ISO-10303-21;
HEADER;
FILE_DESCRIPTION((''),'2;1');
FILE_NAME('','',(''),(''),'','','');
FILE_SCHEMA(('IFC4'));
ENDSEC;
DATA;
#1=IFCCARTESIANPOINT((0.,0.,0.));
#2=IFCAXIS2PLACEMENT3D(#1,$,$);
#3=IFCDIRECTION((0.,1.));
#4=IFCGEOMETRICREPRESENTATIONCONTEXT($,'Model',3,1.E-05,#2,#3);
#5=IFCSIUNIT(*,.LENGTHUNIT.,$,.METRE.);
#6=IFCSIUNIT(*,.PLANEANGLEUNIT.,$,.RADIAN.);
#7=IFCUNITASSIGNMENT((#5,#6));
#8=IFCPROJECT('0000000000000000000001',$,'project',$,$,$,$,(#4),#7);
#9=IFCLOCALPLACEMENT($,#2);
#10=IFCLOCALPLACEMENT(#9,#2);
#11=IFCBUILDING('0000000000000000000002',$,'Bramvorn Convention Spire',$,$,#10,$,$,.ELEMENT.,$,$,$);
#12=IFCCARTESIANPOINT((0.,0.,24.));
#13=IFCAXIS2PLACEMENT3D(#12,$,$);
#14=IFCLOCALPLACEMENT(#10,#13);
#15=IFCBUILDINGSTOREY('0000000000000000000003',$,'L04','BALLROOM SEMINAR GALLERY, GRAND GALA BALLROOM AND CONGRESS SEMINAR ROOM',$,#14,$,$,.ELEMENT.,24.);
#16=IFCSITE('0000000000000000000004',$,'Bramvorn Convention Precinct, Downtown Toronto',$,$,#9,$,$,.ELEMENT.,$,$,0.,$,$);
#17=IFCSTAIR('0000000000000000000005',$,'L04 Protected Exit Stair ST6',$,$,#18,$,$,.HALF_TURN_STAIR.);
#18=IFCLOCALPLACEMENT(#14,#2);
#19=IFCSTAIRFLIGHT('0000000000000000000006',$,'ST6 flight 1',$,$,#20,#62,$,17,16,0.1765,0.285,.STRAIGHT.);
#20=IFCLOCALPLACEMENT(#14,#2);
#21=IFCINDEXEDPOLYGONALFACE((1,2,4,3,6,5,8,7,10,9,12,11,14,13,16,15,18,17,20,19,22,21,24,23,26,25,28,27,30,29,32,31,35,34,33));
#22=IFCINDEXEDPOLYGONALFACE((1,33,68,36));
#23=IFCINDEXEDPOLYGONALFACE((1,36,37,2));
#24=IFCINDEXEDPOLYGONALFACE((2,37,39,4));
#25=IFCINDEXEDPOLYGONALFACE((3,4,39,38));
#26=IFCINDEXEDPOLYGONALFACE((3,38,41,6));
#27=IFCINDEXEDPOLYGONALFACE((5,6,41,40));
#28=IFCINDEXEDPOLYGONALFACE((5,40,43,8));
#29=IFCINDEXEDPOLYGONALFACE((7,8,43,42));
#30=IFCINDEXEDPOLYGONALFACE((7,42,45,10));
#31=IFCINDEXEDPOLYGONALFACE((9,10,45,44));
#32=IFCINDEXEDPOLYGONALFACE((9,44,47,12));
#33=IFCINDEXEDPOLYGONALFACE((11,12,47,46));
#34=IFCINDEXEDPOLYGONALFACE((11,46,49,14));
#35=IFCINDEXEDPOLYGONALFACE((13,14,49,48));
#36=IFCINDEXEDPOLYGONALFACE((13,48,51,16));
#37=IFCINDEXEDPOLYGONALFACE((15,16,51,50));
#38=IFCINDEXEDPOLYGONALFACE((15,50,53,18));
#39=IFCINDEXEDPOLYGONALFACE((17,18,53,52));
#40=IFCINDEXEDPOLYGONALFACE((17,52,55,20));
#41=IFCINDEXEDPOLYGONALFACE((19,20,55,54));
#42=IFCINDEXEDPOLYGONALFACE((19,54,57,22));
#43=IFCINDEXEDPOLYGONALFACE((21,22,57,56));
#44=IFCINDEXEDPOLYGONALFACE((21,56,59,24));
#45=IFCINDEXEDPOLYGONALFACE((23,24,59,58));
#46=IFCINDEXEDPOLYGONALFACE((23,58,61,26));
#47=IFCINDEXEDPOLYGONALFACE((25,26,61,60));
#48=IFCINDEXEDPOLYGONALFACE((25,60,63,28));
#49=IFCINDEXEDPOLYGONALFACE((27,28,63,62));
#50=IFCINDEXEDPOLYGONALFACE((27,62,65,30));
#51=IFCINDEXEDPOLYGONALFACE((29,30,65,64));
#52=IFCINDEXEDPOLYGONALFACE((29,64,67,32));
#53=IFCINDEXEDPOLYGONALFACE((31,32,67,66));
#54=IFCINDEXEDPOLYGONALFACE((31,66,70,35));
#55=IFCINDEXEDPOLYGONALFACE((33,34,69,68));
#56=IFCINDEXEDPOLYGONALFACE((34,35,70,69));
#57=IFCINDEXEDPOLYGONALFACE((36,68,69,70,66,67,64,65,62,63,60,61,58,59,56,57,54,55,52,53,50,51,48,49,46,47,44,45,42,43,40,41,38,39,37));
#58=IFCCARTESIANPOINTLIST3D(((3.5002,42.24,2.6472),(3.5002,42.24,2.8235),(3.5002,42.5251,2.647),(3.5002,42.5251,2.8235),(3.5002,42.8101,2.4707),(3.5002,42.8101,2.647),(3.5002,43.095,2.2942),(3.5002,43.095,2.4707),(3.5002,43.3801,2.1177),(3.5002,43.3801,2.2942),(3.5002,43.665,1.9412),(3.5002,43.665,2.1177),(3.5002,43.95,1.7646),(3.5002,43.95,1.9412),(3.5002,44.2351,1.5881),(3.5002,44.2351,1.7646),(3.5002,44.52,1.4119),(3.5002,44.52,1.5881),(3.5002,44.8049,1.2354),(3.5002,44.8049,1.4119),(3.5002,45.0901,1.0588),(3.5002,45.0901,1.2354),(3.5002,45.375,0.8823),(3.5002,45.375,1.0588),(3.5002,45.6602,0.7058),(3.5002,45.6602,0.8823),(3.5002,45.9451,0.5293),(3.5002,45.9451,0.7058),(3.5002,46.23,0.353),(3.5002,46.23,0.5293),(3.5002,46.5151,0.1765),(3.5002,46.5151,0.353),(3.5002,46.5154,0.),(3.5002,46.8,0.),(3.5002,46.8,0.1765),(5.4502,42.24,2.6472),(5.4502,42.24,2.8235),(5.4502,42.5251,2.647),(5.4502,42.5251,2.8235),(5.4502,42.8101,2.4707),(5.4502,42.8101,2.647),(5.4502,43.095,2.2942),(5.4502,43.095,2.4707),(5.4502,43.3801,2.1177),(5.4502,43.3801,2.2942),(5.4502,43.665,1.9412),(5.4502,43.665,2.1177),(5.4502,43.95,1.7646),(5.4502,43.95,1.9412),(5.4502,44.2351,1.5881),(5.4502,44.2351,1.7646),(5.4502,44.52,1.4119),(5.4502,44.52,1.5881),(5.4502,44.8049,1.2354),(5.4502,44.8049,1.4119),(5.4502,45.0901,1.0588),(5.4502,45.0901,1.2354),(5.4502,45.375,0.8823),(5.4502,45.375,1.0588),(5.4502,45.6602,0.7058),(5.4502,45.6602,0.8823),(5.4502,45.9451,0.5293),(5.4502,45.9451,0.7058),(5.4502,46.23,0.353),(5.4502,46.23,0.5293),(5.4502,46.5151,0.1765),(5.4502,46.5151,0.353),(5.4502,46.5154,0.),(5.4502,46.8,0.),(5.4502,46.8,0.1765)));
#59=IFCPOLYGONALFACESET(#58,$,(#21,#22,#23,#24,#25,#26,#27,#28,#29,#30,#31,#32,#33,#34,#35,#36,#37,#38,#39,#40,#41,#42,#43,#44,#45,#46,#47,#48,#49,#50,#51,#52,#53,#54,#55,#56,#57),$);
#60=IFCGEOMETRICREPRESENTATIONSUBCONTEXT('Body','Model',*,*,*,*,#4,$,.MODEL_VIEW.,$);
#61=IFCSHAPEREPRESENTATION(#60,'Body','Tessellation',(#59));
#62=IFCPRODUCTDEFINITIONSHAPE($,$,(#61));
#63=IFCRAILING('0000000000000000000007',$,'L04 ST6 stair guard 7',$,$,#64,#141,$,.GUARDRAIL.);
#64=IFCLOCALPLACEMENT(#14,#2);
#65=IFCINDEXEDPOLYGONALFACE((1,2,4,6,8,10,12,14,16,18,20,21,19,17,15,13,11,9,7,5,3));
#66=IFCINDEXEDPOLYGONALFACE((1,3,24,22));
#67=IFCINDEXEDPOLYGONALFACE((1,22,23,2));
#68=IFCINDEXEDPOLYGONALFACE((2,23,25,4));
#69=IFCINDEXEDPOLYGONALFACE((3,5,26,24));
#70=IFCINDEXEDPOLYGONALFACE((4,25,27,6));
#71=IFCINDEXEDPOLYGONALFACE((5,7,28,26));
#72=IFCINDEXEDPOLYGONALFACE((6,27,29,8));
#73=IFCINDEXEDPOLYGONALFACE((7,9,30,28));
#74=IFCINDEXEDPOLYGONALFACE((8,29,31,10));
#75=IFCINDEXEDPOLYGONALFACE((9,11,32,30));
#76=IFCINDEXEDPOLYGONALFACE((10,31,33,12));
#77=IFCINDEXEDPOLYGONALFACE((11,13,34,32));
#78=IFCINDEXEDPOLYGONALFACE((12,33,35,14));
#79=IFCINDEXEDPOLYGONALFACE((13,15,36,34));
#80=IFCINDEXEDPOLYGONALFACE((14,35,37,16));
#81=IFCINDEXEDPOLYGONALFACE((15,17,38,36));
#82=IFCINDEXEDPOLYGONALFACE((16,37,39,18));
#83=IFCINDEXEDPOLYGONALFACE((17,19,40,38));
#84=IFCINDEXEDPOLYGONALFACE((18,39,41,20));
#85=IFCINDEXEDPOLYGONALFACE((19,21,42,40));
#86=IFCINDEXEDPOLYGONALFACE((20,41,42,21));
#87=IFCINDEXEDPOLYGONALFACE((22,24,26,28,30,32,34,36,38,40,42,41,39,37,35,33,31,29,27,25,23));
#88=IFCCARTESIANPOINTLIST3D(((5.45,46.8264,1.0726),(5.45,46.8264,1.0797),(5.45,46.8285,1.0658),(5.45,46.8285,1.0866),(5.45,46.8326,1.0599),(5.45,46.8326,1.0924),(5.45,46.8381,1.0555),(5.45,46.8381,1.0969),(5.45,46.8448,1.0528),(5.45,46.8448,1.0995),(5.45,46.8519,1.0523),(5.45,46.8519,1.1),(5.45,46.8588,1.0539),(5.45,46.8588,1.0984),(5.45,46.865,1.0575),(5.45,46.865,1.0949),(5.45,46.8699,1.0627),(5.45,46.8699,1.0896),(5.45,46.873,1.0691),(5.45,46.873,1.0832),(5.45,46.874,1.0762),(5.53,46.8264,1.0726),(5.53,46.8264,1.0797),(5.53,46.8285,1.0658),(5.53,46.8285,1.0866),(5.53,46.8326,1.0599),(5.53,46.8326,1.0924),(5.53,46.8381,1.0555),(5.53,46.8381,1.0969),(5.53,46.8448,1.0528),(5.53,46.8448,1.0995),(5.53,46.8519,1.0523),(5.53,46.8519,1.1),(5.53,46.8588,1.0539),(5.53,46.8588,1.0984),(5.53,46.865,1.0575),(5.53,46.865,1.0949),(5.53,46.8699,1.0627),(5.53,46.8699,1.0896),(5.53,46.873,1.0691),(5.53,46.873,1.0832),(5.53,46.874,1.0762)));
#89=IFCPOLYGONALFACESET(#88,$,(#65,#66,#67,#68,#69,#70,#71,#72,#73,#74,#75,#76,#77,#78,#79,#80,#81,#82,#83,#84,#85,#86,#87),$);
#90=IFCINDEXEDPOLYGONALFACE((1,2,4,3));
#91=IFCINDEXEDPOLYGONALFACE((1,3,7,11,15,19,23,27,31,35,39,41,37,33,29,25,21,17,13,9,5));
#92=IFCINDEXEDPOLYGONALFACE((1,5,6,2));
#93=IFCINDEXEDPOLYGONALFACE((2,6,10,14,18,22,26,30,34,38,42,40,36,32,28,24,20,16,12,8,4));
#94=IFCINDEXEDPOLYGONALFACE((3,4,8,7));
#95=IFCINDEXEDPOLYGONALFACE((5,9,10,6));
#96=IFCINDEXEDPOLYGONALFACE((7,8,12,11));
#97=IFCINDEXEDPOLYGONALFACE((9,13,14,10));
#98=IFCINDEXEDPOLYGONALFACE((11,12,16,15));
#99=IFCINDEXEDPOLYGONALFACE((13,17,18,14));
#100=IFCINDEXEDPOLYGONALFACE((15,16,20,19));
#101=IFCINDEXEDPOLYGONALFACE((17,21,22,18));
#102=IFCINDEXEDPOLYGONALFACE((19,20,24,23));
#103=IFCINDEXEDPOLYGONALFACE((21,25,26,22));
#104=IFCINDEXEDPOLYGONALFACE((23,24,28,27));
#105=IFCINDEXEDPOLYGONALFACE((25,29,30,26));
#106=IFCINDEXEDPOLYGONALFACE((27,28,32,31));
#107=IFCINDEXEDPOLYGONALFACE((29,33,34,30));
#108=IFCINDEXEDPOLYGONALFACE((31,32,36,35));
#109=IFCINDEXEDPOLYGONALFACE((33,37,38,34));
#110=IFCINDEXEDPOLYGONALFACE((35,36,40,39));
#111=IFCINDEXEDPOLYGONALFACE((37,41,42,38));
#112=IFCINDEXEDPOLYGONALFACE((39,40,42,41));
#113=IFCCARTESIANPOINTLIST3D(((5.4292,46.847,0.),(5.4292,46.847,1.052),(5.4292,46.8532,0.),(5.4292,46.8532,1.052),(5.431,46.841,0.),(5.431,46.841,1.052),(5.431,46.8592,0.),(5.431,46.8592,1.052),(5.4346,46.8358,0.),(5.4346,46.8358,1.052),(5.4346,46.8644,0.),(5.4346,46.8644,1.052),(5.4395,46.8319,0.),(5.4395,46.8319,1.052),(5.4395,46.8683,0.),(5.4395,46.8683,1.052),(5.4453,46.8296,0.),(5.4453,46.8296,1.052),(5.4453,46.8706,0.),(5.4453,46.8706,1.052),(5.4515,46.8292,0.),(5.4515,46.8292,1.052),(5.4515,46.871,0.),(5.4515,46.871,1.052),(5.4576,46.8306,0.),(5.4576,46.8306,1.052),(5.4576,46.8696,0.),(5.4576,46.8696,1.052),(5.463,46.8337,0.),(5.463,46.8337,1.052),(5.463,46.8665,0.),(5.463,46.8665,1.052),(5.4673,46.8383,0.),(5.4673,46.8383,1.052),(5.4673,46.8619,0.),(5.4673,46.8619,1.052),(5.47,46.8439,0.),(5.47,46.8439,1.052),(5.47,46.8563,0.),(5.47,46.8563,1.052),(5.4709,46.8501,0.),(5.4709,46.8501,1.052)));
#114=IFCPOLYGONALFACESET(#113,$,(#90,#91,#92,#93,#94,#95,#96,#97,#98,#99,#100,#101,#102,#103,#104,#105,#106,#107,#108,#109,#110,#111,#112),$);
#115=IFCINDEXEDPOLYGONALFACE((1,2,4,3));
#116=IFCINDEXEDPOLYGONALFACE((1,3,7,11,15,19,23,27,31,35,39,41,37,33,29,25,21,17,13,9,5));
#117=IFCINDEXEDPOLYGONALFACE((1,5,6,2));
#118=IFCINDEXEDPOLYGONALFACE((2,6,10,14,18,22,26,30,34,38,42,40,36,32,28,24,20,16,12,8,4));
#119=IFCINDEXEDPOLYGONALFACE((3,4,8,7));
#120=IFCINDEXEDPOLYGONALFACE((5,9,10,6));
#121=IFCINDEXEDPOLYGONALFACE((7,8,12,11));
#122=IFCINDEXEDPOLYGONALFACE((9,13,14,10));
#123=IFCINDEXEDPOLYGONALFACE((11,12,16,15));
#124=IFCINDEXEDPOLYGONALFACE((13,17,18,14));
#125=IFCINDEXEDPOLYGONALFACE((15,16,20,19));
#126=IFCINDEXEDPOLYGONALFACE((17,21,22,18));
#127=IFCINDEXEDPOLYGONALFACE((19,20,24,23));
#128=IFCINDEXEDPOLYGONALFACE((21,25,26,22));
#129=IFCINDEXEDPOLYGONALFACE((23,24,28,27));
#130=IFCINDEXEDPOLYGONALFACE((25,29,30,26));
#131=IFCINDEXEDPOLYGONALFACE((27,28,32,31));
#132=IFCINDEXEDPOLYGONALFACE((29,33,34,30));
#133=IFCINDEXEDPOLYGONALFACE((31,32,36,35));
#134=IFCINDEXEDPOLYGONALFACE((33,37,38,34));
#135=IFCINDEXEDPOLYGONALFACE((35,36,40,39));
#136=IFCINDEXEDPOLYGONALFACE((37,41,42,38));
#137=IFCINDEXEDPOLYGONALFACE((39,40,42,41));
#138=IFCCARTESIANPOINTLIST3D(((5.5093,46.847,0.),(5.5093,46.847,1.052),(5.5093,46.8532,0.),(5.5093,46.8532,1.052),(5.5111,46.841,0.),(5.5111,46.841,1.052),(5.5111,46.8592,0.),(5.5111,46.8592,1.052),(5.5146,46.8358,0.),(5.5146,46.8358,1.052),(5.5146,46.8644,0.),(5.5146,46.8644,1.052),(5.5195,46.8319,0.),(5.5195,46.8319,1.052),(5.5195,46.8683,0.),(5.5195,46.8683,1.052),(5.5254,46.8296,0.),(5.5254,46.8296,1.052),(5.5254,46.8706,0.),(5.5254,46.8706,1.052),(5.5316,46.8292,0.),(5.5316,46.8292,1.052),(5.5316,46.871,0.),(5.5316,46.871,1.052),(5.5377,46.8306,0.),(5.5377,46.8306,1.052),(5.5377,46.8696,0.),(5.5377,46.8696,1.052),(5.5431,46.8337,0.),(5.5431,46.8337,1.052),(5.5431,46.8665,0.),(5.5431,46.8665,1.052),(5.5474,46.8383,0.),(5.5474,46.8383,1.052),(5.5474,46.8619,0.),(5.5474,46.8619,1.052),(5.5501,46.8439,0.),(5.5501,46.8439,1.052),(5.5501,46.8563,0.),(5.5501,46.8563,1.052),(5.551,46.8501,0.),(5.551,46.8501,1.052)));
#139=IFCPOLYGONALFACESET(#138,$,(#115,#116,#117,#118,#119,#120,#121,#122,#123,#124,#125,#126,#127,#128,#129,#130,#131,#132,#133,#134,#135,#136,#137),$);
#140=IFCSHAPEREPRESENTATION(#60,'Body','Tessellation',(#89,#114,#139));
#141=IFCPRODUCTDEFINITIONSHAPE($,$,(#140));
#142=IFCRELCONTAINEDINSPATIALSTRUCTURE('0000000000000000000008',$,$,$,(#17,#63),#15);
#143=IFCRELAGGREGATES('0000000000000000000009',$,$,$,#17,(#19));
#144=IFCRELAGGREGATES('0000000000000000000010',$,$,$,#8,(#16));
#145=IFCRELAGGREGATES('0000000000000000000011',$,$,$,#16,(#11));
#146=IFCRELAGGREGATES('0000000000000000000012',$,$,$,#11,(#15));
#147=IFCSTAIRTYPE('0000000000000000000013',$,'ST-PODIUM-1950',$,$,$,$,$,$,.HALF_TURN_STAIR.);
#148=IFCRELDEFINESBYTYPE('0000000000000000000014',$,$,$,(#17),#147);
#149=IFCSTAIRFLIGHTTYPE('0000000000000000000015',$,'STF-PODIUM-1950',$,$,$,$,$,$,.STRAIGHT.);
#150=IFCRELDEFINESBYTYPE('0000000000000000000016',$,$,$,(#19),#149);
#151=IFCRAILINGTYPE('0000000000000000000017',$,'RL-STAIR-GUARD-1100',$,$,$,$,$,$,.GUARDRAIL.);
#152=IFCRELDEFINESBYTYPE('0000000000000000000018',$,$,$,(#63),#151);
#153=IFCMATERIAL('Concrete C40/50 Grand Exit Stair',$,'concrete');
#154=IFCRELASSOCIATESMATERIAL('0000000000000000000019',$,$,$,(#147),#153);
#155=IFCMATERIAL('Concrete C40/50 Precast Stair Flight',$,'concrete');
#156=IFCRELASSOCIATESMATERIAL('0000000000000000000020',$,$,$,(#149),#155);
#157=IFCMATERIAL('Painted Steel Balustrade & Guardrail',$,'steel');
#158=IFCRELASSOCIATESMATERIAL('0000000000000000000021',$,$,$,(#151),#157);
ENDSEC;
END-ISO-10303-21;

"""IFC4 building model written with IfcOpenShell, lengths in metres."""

from ifc_helpers import new_model, si_unit, direction, frame, origin, origin_2d, place, context, subcontext, project, spatial, polyline, circle, outline, extrude, material, type_object, element, aggregate, save


model = new_model("IFC4")

# Units and contexts
model_context = context("Model", 3, precision=1e-05, world=origin(), true_north=direction((0.0, 1.0)))
body_context = subcontext(model_context, "Body", "Model", "MODEL_VIEW")
ifc_project = project(units=[si_unit("LENGTHUNIT", "METRE"), si_unit("PLANEANGLEUNIT", "RADIAN")], contexts=[model_context])

# Site, building, storey
site_placement = place(None, origin())
site = spatial("IfcSite", under=ifc_project, at=site_placement, Name="Bramvorn Convention Precinct, Downtown Toronto", CompositionType="ELEMENT", RefElevation=0.0)
building_placement = place(site_placement, origin())
building = spatial("IfcBuilding", under=site, at=building_placement, Name="Bramvorn Convention Spire", CompositionType="ELEMENT")
storey_placement = place(building_placement, frame((0.0, 0.0, 24.0)))
storey = spatial("IfcBuildingStorey", under=building, at=storey_placement, Name="L04", Description="BALLROOM SEMINAR GALLERY, GRAND GALA BALLROOM AND CONGRESS SEMINAR ROOM", CompositionType="ELEMENT", Elevation=24.0)

# Stair, stair flight
ifc_material_1 = material(Name="Concrete C40/50 Grand Exit Stair", Category="concrete")
stair_type = type_object("IfcStairType", Name="ST-PODIUM-1950", PredefinedType="HALF_TURN_STAIR", material=ifc_material_1)
stair_placement = place(storey_placement, origin())
stair = element("IfcStair", 1, at=stair_placement, inside=storey, type_object=stair_type, Name="L04 Protected Exit Stair ST6", PredefinedType="HALF_TURN_STAIR")
ifc_material_2 = material(Name="Concrete C40/50 Precast Stair Flight", Category="concrete")
stair_flight_type = type_object("IfcStairFlightType", Name="STF-PODIUM-1950", PredefinedType="STRAIGHT", material=ifc_material_2)
stair_flight_placement = place(storey_placement, frame((4.4751, 46.8, 0.0), z_axis=(0.0, 0.0, 1.0), x_axis=(0.0, -1.0, 0.0)))
stair_flight = element("IfcStairFlight", 2, at=stair_flight_placement, type_object=stair_flight_type, Name="ST6 flight 1", NumberOfRisers=17, NumberOfTreads=16, PredefinedType="STRAIGHT", RiserHeight=0.1765, TreadLength=0.285, context=body_context, shape_type="SweptSolid", body=[
    extrude(outline(polyline([(0.0, 0.0), (0.0, 0.1765), (0.2849, 0.1765), (0.2849, 0.353), (0.5701, 0.353), (0.5701, 0.5293), (0.855, 0.5293), (0.855, 0.7058), (1.1399, 0.7058), (1.1399, 0.8823), (1.425, 0.8823), (1.425, 1.0588), (1.71, 1.0588), (1.71, 1.2354), (1.9951, 1.2354), (1.9951, 1.4119), (2.28, 1.4119), (2.28, 1.5881), (2.5649, 1.5881), (2.5649, 1.7646), (2.8501, 1.7646), (2.8501, 1.9412), (3.135, 1.9412), (3.135, 2.1177), (3.4199, 2.1177), (3.4199, 2.2942), (3.7051, 2.2942), (3.7051, 2.4707), (3.99, 2.4707), (3.99, 2.647), (4.2749, 2.647), (4.2749, 2.8235), (4.5601, 2.8235), (4.5601, 3.0), (4.5601, 2.6472), (0.2847, 0.0), (0.0, 0.0)])), frame((0.0, 0.9751, 0.0), z_axis=(0.0, -1.0, 0.0), x_axis=(1.0, 0.0, 0.0)), (0.0, 0.0, 1.0), 1.95),
])
aggregate(stair, [stair_flight])

# Railing
ifc_material_3 = material(Name="Painted Steel Balustrade & Guardrail", Category="steel")
railing_type_1 = type_object("IfcRailingType", Name="RL-STAIR-GUARD-1100", PredefinedType="GUARDRAIL", material=ifc_material_3)
railing_1_placement = place(storey_placement, frame((5.45, 46.8501, 0.0)))
element("IfcRailing", 3, at=railing_1_placement, inside=storey, type_object=railing_type_1, Name="L04 ST6 stair guard 7", PredefinedType="GUARDRAIL", context=body_context, shape_type="SweptSolid", body=[
    extrude(circle(Radius=0.0239, at=origin_2d()), frame((0.0, 0.0, 1.0762), z_axis=(1.0, 0.0, 0.0), x_axis=(0.0, 1.0, 0.0)), (0.0, 0.0, 1.0), 0.0801),
    extrude(circle(Radius=0.021, at=origin_2d()), origin(), (0.0, 0.0, 1.0), 1.052),
    extrude(circle(Radius=0.021, at=origin_2d()), frame((0.0801, 0.0, 0.0)), (0.0, 0.0, 1.0), 1.052),
])

save(model, "model.ifc")
